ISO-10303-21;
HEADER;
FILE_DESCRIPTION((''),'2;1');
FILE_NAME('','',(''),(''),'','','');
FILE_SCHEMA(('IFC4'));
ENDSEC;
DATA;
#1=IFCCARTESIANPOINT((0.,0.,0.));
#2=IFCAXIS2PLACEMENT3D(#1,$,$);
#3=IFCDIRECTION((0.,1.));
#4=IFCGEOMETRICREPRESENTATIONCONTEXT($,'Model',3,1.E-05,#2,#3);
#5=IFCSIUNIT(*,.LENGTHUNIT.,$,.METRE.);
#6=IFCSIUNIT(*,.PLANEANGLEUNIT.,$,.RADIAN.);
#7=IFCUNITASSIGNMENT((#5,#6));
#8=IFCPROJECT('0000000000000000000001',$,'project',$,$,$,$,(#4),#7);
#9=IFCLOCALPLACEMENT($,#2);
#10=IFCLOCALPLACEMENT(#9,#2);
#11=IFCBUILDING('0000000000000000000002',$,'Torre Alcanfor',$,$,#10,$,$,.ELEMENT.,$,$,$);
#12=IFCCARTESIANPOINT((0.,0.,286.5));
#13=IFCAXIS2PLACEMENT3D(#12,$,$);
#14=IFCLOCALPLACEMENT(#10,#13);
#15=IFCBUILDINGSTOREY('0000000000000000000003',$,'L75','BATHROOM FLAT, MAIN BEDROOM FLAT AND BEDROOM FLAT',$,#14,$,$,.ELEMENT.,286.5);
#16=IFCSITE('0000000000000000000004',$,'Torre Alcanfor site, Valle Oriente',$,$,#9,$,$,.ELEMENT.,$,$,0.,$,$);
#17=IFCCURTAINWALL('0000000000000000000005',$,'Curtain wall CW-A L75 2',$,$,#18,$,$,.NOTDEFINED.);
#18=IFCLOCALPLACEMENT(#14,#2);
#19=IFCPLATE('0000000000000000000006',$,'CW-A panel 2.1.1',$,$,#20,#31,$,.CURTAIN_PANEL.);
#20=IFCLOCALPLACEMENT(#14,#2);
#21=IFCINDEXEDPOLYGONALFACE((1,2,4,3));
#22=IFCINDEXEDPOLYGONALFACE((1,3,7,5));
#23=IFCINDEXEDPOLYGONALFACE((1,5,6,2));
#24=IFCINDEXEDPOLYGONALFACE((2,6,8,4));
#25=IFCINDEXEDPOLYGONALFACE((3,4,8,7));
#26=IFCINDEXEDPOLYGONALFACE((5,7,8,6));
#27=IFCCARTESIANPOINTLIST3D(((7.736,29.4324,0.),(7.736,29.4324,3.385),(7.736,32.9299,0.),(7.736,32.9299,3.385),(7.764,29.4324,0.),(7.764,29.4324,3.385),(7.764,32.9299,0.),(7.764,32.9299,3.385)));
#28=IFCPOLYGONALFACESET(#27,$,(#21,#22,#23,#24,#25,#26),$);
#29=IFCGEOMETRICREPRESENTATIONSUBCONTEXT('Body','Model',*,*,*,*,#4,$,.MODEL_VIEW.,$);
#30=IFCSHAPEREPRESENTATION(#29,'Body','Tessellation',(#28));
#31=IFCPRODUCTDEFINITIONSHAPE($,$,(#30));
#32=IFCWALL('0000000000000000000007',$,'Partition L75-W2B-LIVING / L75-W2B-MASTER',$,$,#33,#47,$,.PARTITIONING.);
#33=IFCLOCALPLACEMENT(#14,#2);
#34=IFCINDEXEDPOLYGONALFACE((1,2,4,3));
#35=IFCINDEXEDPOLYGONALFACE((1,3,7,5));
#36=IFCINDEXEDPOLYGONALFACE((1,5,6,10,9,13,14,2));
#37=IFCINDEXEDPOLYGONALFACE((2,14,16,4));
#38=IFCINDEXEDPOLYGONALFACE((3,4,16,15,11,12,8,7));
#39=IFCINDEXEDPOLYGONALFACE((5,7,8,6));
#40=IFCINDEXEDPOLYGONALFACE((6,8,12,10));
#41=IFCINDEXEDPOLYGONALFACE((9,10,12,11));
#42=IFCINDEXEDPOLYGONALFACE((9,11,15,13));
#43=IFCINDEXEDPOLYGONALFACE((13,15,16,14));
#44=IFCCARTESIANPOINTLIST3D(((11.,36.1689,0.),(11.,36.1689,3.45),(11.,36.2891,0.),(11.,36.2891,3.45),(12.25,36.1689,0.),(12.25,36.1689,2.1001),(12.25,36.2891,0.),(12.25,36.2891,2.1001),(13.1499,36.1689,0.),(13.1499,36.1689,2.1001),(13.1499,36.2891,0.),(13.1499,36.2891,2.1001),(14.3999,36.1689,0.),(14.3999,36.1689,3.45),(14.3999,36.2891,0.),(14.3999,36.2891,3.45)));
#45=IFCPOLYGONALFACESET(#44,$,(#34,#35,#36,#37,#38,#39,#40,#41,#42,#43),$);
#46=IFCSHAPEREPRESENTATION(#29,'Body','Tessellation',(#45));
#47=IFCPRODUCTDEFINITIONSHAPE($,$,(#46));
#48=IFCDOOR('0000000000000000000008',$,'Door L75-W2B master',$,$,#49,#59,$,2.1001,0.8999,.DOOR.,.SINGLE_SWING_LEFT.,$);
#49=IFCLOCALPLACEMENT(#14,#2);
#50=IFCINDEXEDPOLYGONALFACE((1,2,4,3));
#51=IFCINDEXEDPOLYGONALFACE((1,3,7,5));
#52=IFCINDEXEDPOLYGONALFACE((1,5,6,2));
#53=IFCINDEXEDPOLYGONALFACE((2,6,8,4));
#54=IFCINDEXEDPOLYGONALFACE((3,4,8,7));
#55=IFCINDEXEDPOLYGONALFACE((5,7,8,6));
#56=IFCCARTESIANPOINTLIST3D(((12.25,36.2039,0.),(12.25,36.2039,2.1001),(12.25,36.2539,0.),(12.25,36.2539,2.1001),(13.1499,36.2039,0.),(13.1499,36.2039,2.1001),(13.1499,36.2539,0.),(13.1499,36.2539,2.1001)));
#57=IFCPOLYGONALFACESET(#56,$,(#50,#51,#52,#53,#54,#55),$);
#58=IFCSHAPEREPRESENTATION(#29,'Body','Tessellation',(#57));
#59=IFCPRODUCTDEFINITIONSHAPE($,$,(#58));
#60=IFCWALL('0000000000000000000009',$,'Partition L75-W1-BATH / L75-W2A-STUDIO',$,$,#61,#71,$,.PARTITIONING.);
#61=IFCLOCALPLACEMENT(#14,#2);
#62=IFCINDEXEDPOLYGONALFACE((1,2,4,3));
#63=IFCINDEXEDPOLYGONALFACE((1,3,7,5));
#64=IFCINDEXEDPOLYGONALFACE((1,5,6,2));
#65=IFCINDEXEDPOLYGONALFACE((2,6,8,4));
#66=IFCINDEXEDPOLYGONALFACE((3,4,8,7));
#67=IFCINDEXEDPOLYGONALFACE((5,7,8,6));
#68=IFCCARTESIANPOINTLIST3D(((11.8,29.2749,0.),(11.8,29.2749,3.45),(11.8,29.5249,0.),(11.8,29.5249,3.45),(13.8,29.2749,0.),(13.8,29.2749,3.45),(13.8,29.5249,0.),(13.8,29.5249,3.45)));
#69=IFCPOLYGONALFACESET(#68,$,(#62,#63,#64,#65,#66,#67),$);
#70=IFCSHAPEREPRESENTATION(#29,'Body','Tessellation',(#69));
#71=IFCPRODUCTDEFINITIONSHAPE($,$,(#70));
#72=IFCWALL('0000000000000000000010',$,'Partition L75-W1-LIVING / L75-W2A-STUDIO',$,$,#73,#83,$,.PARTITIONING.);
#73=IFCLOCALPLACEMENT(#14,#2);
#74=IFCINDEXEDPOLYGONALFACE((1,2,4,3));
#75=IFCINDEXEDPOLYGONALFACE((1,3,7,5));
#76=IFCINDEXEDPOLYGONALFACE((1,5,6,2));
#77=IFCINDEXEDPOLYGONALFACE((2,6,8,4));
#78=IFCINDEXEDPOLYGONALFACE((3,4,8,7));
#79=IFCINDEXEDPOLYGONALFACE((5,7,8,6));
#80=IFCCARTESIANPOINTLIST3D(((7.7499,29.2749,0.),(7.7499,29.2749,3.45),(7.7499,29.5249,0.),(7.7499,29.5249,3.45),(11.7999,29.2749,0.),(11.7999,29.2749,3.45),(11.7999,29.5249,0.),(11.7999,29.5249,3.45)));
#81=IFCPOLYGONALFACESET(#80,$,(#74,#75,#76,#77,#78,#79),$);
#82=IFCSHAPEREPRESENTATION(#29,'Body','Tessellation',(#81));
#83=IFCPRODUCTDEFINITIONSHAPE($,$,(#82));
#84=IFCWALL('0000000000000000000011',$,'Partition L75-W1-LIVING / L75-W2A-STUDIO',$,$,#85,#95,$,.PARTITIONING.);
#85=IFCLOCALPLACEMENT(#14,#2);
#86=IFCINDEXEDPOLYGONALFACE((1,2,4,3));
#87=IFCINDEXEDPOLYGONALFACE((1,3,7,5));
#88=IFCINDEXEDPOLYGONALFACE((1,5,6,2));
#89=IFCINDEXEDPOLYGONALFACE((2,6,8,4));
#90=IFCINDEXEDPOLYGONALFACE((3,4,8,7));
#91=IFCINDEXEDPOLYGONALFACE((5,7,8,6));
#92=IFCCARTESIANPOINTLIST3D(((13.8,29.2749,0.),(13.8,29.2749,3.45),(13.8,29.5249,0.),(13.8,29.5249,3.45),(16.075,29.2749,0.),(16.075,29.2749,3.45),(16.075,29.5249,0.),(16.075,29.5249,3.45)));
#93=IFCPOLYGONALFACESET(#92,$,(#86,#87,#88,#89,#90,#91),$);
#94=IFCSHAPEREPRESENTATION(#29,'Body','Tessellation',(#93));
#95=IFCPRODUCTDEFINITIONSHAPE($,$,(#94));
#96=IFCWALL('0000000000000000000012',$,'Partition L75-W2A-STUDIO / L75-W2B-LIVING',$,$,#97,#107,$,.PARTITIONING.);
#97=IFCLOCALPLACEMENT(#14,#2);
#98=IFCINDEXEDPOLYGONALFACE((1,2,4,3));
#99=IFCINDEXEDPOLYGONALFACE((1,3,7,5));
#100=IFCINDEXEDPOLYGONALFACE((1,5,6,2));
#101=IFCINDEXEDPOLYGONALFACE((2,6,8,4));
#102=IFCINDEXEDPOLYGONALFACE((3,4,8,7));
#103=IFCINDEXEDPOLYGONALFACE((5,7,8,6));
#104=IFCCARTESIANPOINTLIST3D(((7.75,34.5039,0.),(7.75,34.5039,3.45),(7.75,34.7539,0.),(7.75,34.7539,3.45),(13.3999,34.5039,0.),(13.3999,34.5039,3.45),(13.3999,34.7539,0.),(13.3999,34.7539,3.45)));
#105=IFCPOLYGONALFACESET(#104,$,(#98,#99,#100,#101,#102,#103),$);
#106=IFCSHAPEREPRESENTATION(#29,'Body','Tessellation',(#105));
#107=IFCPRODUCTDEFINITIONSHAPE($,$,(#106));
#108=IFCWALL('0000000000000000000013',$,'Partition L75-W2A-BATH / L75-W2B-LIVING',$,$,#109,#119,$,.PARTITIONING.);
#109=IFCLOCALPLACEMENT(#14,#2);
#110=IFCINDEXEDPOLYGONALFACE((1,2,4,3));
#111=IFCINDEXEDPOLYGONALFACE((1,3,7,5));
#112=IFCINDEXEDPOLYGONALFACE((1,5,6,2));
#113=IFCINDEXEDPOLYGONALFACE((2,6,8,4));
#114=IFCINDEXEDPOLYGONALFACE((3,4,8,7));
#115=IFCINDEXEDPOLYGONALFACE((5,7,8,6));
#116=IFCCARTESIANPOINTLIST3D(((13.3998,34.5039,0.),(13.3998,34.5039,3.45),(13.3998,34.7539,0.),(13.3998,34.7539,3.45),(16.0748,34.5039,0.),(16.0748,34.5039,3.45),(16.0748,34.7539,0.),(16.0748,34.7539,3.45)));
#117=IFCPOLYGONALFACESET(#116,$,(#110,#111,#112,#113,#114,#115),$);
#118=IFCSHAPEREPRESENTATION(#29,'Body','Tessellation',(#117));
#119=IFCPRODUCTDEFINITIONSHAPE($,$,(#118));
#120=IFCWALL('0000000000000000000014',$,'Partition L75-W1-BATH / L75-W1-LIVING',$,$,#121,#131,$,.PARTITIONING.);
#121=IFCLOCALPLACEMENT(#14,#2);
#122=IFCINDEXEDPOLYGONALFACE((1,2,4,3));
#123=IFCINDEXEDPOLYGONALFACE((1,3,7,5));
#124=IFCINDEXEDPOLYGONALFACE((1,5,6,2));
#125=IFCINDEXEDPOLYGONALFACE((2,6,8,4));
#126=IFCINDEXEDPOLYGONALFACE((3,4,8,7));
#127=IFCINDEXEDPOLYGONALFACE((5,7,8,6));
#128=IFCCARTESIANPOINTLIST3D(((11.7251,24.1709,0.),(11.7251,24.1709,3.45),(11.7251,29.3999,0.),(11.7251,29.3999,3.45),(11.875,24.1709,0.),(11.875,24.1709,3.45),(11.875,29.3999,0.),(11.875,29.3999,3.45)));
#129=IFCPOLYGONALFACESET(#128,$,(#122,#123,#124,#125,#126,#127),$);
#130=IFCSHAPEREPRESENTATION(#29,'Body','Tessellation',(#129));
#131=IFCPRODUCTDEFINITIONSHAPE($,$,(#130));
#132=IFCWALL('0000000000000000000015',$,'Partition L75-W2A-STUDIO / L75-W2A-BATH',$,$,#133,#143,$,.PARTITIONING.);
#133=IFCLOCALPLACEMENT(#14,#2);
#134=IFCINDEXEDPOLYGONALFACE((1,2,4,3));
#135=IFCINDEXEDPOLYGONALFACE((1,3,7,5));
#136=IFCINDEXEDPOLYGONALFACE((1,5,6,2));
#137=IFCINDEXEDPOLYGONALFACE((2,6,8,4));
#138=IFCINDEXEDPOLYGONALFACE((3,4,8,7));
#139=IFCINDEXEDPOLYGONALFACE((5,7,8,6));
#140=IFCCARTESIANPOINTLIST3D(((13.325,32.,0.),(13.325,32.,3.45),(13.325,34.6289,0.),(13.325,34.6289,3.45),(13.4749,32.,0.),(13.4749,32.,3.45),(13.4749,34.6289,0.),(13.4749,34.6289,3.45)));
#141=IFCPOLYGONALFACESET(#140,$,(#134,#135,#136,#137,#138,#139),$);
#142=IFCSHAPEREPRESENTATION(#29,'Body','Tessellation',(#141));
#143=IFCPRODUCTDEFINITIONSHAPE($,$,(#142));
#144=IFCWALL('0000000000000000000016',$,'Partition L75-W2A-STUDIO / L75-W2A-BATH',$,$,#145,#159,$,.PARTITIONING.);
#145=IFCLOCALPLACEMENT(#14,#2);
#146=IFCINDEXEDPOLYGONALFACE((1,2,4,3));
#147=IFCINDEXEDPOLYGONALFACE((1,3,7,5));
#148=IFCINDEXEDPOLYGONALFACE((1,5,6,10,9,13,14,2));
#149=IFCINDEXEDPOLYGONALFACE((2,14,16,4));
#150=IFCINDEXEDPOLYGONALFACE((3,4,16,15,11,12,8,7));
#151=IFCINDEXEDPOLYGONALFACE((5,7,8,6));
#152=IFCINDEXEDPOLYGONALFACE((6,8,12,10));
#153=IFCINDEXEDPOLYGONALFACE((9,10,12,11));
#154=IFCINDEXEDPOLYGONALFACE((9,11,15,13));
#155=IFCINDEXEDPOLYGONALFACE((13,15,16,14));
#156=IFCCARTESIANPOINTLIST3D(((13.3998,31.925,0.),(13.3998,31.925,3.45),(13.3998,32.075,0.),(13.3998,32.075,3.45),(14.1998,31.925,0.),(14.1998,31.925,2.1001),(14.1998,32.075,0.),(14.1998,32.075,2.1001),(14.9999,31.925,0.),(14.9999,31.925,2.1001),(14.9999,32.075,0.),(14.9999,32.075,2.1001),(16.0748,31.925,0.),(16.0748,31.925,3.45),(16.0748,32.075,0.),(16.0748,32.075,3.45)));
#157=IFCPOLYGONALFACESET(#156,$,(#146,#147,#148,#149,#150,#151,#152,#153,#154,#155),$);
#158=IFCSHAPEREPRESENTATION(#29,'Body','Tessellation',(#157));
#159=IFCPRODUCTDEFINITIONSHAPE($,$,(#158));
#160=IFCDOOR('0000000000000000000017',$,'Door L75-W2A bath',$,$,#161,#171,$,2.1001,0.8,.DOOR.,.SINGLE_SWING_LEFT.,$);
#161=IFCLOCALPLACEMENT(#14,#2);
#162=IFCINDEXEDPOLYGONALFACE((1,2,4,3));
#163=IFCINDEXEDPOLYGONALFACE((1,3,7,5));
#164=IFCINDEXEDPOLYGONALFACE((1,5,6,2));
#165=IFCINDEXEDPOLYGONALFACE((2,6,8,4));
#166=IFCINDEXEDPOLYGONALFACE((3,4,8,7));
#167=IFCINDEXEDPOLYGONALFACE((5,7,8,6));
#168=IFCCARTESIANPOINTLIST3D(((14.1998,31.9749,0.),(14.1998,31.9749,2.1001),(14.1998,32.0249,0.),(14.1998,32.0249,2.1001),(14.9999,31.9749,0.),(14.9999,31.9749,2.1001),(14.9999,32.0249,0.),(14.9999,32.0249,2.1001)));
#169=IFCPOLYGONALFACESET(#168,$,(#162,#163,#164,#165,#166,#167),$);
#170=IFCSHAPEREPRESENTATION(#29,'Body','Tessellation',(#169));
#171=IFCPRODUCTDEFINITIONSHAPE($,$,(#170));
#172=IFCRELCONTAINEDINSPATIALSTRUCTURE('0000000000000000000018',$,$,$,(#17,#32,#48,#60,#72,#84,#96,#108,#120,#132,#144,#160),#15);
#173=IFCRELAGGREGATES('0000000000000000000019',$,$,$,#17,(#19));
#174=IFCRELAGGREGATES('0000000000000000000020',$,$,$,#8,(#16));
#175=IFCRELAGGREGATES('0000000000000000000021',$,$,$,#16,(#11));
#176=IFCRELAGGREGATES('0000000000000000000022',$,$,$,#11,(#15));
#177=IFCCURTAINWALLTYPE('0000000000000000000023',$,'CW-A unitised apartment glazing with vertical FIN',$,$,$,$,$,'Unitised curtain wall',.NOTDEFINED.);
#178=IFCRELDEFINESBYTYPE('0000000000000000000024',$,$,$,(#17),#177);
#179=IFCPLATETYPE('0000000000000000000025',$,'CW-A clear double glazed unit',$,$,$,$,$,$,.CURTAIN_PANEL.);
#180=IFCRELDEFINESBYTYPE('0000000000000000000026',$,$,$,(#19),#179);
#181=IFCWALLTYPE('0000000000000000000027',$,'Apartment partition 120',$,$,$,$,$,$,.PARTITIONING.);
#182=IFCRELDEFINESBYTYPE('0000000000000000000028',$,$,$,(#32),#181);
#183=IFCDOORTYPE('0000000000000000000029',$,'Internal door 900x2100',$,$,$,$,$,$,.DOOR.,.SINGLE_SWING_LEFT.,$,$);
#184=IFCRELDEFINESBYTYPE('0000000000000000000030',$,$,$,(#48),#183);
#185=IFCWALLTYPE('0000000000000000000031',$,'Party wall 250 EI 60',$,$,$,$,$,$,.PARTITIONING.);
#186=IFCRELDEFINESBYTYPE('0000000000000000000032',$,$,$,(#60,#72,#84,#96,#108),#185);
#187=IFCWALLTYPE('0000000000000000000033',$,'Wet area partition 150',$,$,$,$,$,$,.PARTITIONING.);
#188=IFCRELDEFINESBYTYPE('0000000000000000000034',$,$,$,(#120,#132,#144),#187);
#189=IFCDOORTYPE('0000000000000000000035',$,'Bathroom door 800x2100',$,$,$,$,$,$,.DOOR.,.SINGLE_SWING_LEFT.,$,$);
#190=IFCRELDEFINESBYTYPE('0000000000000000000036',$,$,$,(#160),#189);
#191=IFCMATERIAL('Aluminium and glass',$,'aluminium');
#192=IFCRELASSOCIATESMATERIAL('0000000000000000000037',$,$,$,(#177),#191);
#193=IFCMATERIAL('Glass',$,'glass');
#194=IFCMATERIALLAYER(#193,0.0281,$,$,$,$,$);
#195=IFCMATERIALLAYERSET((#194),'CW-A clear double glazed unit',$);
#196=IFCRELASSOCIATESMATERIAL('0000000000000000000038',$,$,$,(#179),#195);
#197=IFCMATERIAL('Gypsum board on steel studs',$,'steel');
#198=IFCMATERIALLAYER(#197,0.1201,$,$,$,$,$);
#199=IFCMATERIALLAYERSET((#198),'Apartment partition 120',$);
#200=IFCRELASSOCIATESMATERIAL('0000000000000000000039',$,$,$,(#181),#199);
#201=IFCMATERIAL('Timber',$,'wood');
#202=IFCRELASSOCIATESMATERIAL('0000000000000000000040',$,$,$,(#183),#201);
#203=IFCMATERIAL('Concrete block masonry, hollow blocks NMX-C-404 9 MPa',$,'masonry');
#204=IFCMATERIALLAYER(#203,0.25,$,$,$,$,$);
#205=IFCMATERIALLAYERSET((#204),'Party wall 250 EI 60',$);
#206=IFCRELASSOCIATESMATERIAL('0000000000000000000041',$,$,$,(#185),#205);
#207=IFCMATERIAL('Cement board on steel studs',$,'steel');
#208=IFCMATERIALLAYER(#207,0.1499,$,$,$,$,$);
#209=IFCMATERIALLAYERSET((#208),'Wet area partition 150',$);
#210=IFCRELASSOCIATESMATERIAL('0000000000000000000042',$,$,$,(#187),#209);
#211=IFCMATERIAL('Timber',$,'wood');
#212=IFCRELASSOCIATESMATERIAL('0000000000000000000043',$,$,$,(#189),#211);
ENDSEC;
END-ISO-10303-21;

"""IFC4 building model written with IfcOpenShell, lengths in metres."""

from ifc_helpers import new_model, si_unit, direction, frame, frame_2d, origin, origin_2d, place, context, subcontext, project, spatial, rectangle, extrude, material, layer, layer_set, type_object, element, fill, aggregate, save


model = new_model("IFC4")

# Units and contexts
model_context = context("Model", 3, precision=1e-05, world=origin(), true_north=direction((0.0, 1.0)))
body_context = subcontext(model_context, "Body", "Model", "MODEL_VIEW")
ifc_project = project(units=[si_unit("LENGTHUNIT", "METRE"), si_unit("PLANEANGLEUNIT", "RADIAN")], contexts=[model_context])

# Site, building, storey
site_placement = place(None, origin())
site = spatial("IfcSite", under=ifc_project, at=site_placement, Name="Torre Alcanfor site, Valle Oriente", CompositionType="ELEMENT", RefElevation=0.0)
building_placement = place(site_placement, origin())
building = spatial("IfcBuilding", under=site, at=building_placement, Name="Torre Alcanfor", CompositionType="ELEMENT")
storey_placement = place(building_placement, frame((0.0, 0.0, 286.5)))
storey = spatial("IfcBuildingStorey", under=building, at=storey_placement, Name="L75", Description="BATHROOM FLAT, MAIN BEDROOM FLAT AND BEDROOM FLAT", CompositionType="ELEMENT", Elevation=286.5)

# Curtain wall
ifc_material_1 = material(Name="Aluminium and glass", Category="aluminium")
curtain_wall_type = type_object("IfcCurtainWallType", Name="CW-A unitised apartment glazing with vertical FIN", ElementType="Unitised curtain wall", PredefinedType="NOTDEFINED", material=ifc_material_1)
curtain_wall_placement = place(storey_placement, origin())
curtain_wall = element("IfcCurtainWall", 1, at=curtain_wall_placement, inside=storey, type_object=curtain_wall_type, Name="Curtain wall CW-A L75 2", PredefinedType="NOTDEFINED")

# Plate
ifc_material_2 = material(Name="Glass", Category="glass")
ifc_layer_1 = layer(ifc_material_2, 0.0281)
ifc_layer_set_1 = layer_set([ifc_layer_1], Name="CW-A clear double glazed unit")
plate_type = type_object("IfcPlateType", Name="CW-A clear double glazed unit", PredefinedType="CURTAIN_PANEL", material=ifc_layer_set_1)
plate_1_placement = place(storey_placement, frame((7.75, 31.1812, 0.0), z_axis=(0.0, 0.0, 1.0), x_axis=(0.0, -1.0, 0.0)))
plate_1 = element("IfcPlate", 2, at=plate_1_placement, type_object=plate_type, Name="CW-A panel 2.1.1", PredefinedType="CURTAIN_PANEL", context=body_context, shape_type="SweptSolid", body=[
    extrude(rectangle(XDim=3.4976, YDim=0.0281, at=origin_2d()), origin(), (0.0, 0.0, 1.0), 3.385),
])
aggregate(curtain_wall, [plate_1])

# Wall, opening, door
ifc_material_3 = material(Name="Gypsum board on steel studs", Category="steel")
ifc_layer_2 = layer(ifc_material_3, 0.1201)
ifc_layer_set_2 = layer_set([ifc_layer_2], Name="Apartment partition 120")
wall_type_1 = type_object("IfcWallType", Name="Apartment partition 120", PredefinedType="PARTITIONING", material=ifc_layer_set_2)
wall_1_placement = place(storey_placement, frame((11.0, 36.229, 0.0), z_axis=(0.0, 0.0, 1.0), x_axis=(1.0, 0.0, 0.0)))
wall_1 = element("IfcWall", 3, at=wall_1_placement, inside=storey, type_object=wall_type_1, Name="Partition L75-W2B-LIVING / L75-W2B-MASTER", PredefinedType="PARTITIONING", context=body_context, shape_type="SweptSolid", body=[
    extrude(rectangle(XDim=3.3999, YDim=0.1201, at=frame_2d((1.7, 0.0))), origin(), (0.0, 0.0, 1.0), 3.45),
])
opening_1_placement = place(wall_1_placement, frame((1.25, 0.0, 0.0)))
opening_1 = element("IfcOpeningElement", 4, at=opening_1_placement, cuts=wall_1, PredefinedType="OPENING", context=body_context, shape_type="SweptSolid", body=[
    extrude(rectangle(XDim=0.8999, YDim=2.1001, at=frame_2d((0.45, 1.05))), frame((0.0, 0.0701, 0.0), z_axis=(0.0, -1.0, 0.0), x_axis=(1.0, 0.0, 0.0)), (0.0, 0.0, 1.0), 0.1401),
])
ifc_material_4 = material(Name="Timber", Category="wood")
door_type_1 = type_object("IfcDoorType", Name="Internal door 900x2100", OperationType="SINGLE_SWING_LEFT", PredefinedType="DOOR", material=ifc_material_4)
door_1_placement = place(opening_1_placement, origin())
door_1 = element("IfcDoor", 5, at=door_1_placement, inside=storey, type_object=door_type_1, Name="Door L75-W2B master", OperationType="SINGLE_SWING_LEFT", OverallHeight=2.1001, OverallWidth=0.8999, PredefinedType="DOOR", context=body_context, shape_type="SweptSolid", body=[
    extrude(rectangle(XDim=0.8999, YDim=2.1001, at=frame_2d((0.45, 1.05))), frame((0.0, 0.0249, 0.0), z_axis=(0.0, -1.0, 0.0), x_axis=(1.0, 0.0, 0.0)), (0.0, 0.0, 1.0), 0.05),
])
fill(opening_1, door_1)

# Walls
ifc_material_5 = material(Name="Concrete block masonry, hollow blocks NMX-C-404 9 MPa", Category="masonry")
ifc_layer_3 = layer(ifc_material_5, 0.25)
ifc_layer_set_3 = layer_set([ifc_layer_3], Name="Party wall 250 EI 60")
wall_type_2 = type_object("IfcWallType", Name="Party wall 250 EI 60", PredefinedType="PARTITIONING", material=ifc_layer_set_3)
wall_2_placement = place(storey_placement, frame((13.8, 29.3999, 0.0), z_axis=(0.0, 0.0, 1.0), x_axis=(-1.0, 0.0, 0.0)))
element("IfcWall", 6, at=wall_2_placement, inside=storey, type_object=wall_type_2, Name="Partition L75-W1-BATH / L75-W2A-STUDIO", PredefinedType="PARTITIONING", context=body_context, shape_type="SweptSolid", body=[
    extrude(rectangle(XDim=2.0, YDim=0.25, at=frame_2d((1.0, 0.0))), origin(), (0.0, 0.0, 1.0), 3.45),
])
wall_3_placement = place(storey_placement, frame((7.75, 29.3999, 0.0), z_axis=(0.0, 0.0, 1.0), x_axis=(1.0, 0.0, 0.0)))
element("IfcWall", 7, at=wall_3_placement, inside=storey, type_object=wall_type_2, Name="Partition L75-W1-LIVING / L75-W2A-STUDIO", PredefinedType="PARTITIONING", context=body_context, shape_type="SweptSolid", body=[
    extrude(rectangle(XDim=4.05, YDim=0.25, at=frame_2d((2.0249, 0.0))), origin(), (0.0, 0.0, 1.0), 3.45),
])
wall_4_placement = place(storey_placement, frame((13.8, 29.3999, 0.0), z_axis=(0.0, 0.0, 1.0), x_axis=(1.0, 0.0, 0.0)))
element("IfcWall", 8, at=wall_4_placement, inside=storey, type_object=wall_type_2, Name="Partition L75-W1-LIVING / L75-W2A-STUDIO", PredefinedType="PARTITIONING", context=body_context, shape_type="SweptSolid", body=[
    extrude(rectangle(XDim=2.2749, YDim=0.25, at=frame_2d((1.1375, 0.0))), origin(), (0.0, 0.0, 1.0), 3.45),
])
wall_5_placement = place(storey_placement, frame((7.75, 34.6289, 0.0), z_axis=(0.0, 0.0, 1.0), x_axis=(1.0, 0.0, 0.0)))
element("IfcWall", 9, at=wall_5_placement, inside=storey, type_object=wall_type_2, Name="Partition L75-W2A-STUDIO / L75-W2B-LIVING", PredefinedType="PARTITIONING", context=body_context, shape_type="SweptSolid", body=[
    extrude(rectangle(XDim=5.6499, YDim=0.25, at=frame_2d((2.825, 0.0))), origin(), (0.0, 0.0, 1.0), 3.45),
])
wall_6_placement = place(storey_placement, frame((13.3999, 34.6289, 0.0), z_axis=(0.0, 0.0, 1.0), x_axis=(1.0, 0.0, 0.0)))
element("IfcWall", 10, at=wall_6_placement, inside=storey, type_object=wall_type_2, Name="Partition L75-W2A-BATH / L75-W2B-LIVING", PredefinedType="PARTITIONING", context=body_context, shape_type="SweptSolid", body=[
    extrude(rectangle(XDim=2.675, YDim=0.25, at=frame_2d((1.3374, 0.0))), origin(), (0.0, 0.0, 1.0), 3.45),
])
ifc_material_6 = material(Name="Cement board on steel studs", Category="steel")
ifc_layer_4 = layer(ifc_material_6, 0.1499)
ifc_layer_set_4 = layer_set([ifc_layer_4], Name="Wet area partition 150")
wall_type_3 = type_object("IfcWallType", Name="Wet area partition 150", PredefinedType="PARTITIONING", material=ifc_layer_set_4)
wall_7_placement = place(storey_placement, frame((11.8, 29.3999, 0.0), z_axis=(0.0, 0.0, 1.0), x_axis=(0.0, -1.0, 0.0)))
element("IfcWall", 11, at=wall_7_placement, inside=storey, type_object=wall_type_3, Name="Partition L75-W1-BATH / L75-W1-LIVING", PredefinedType="PARTITIONING", context=body_context, shape_type="SweptSolid", body=[
    extrude(rectangle(XDim=5.229, YDim=0.1499, at=frame_2d((2.6145, 0.0))), origin(), (0.0, 0.0, 1.0), 3.45),
])
wall_8_placement = place(storey_placement, frame((13.3999, 34.6289, 0.0), z_axis=(0.0, 0.0, 1.0), x_axis=(0.0, -1.0, 0.0)))
element("IfcWall", 12, at=wall_8_placement, inside=storey, type_object=wall_type_3, Name="Partition L75-W2A-STUDIO / L75-W2A-BATH", PredefinedType="PARTITIONING", context=body_context, shape_type="SweptSolid", body=[
    extrude(rectangle(XDim=2.6289, YDim=0.1499, at=frame_2d((1.3145, 0.0))), origin(), (0.0, 0.0, 1.0), 3.45),
])

# Wall, opening, door
wall_9_placement = place(storey_placement, frame((13.3999, 32.0, 0.0), z_axis=(0.0, 0.0, 1.0), x_axis=(1.0, 0.0, 0.0)))
wall_9 = element("IfcWall", 13, at=wall_9_placement, inside=storey, type_object=wall_type_3, Name="Partition L75-W2A-STUDIO / L75-W2A-BATH", PredefinedType="PARTITIONING", context=body_context, shape_type="SweptSolid", body=[
    extrude(rectangle(XDim=2.675, YDim=0.1499, at=frame_2d((1.3374, 0.0))), origin(), (0.0, 0.0, 1.0), 3.45),
])
opening_2_placement = place(wall_9_placement, frame((0.8, 0.0, 0.0)))
opening_2 = element("IfcOpeningElement", 14, at=opening_2_placement, cuts=wall_9, PredefinedType="OPENING", context=body_context, shape_type="SweptSolid", body=[
    extrude(rectangle(XDim=0.8, YDim=2.1001, at=frame_2d((0.3999, 1.05))), frame((0.0, 0.085, 0.0), z_axis=(0.0, -1.0, 0.0), x_axis=(1.0, 0.0, 0.0)), (0.0, 0.0, 1.0), 0.1699),
])
ifc_material_7 = material(Name="Timber", Category="wood")
door_type_2 = type_object("IfcDoorType", Name="Bathroom door 800x2100", OperationType="SINGLE_SWING_LEFT", PredefinedType="DOOR", material=ifc_material_7)
door_2_placement = place(opening_2_placement, origin())
door_2 = element("IfcDoor", 15, at=door_2_placement, inside=storey, type_object=door_type_2, Name="Door L75-W2A bath", OperationType="SINGLE_SWING_LEFT", OverallHeight=2.1001, OverallWidth=0.8, PredefinedType="DOOR", context=body_context, shape_type="SweptSolid", body=[
    extrude(rectangle(XDim=0.8, YDim=2.1001, at=frame_2d((0.3999, 1.05))), frame((0.0, 0.0249, 0.0), z_axis=(0.0, -1.0, 0.0), x_axis=(1.0, 0.0, 0.0)), (0.0, 0.0, 1.0), 0.05),
])
fill(opening_2, door_2)

save(model, "model.ifc")
